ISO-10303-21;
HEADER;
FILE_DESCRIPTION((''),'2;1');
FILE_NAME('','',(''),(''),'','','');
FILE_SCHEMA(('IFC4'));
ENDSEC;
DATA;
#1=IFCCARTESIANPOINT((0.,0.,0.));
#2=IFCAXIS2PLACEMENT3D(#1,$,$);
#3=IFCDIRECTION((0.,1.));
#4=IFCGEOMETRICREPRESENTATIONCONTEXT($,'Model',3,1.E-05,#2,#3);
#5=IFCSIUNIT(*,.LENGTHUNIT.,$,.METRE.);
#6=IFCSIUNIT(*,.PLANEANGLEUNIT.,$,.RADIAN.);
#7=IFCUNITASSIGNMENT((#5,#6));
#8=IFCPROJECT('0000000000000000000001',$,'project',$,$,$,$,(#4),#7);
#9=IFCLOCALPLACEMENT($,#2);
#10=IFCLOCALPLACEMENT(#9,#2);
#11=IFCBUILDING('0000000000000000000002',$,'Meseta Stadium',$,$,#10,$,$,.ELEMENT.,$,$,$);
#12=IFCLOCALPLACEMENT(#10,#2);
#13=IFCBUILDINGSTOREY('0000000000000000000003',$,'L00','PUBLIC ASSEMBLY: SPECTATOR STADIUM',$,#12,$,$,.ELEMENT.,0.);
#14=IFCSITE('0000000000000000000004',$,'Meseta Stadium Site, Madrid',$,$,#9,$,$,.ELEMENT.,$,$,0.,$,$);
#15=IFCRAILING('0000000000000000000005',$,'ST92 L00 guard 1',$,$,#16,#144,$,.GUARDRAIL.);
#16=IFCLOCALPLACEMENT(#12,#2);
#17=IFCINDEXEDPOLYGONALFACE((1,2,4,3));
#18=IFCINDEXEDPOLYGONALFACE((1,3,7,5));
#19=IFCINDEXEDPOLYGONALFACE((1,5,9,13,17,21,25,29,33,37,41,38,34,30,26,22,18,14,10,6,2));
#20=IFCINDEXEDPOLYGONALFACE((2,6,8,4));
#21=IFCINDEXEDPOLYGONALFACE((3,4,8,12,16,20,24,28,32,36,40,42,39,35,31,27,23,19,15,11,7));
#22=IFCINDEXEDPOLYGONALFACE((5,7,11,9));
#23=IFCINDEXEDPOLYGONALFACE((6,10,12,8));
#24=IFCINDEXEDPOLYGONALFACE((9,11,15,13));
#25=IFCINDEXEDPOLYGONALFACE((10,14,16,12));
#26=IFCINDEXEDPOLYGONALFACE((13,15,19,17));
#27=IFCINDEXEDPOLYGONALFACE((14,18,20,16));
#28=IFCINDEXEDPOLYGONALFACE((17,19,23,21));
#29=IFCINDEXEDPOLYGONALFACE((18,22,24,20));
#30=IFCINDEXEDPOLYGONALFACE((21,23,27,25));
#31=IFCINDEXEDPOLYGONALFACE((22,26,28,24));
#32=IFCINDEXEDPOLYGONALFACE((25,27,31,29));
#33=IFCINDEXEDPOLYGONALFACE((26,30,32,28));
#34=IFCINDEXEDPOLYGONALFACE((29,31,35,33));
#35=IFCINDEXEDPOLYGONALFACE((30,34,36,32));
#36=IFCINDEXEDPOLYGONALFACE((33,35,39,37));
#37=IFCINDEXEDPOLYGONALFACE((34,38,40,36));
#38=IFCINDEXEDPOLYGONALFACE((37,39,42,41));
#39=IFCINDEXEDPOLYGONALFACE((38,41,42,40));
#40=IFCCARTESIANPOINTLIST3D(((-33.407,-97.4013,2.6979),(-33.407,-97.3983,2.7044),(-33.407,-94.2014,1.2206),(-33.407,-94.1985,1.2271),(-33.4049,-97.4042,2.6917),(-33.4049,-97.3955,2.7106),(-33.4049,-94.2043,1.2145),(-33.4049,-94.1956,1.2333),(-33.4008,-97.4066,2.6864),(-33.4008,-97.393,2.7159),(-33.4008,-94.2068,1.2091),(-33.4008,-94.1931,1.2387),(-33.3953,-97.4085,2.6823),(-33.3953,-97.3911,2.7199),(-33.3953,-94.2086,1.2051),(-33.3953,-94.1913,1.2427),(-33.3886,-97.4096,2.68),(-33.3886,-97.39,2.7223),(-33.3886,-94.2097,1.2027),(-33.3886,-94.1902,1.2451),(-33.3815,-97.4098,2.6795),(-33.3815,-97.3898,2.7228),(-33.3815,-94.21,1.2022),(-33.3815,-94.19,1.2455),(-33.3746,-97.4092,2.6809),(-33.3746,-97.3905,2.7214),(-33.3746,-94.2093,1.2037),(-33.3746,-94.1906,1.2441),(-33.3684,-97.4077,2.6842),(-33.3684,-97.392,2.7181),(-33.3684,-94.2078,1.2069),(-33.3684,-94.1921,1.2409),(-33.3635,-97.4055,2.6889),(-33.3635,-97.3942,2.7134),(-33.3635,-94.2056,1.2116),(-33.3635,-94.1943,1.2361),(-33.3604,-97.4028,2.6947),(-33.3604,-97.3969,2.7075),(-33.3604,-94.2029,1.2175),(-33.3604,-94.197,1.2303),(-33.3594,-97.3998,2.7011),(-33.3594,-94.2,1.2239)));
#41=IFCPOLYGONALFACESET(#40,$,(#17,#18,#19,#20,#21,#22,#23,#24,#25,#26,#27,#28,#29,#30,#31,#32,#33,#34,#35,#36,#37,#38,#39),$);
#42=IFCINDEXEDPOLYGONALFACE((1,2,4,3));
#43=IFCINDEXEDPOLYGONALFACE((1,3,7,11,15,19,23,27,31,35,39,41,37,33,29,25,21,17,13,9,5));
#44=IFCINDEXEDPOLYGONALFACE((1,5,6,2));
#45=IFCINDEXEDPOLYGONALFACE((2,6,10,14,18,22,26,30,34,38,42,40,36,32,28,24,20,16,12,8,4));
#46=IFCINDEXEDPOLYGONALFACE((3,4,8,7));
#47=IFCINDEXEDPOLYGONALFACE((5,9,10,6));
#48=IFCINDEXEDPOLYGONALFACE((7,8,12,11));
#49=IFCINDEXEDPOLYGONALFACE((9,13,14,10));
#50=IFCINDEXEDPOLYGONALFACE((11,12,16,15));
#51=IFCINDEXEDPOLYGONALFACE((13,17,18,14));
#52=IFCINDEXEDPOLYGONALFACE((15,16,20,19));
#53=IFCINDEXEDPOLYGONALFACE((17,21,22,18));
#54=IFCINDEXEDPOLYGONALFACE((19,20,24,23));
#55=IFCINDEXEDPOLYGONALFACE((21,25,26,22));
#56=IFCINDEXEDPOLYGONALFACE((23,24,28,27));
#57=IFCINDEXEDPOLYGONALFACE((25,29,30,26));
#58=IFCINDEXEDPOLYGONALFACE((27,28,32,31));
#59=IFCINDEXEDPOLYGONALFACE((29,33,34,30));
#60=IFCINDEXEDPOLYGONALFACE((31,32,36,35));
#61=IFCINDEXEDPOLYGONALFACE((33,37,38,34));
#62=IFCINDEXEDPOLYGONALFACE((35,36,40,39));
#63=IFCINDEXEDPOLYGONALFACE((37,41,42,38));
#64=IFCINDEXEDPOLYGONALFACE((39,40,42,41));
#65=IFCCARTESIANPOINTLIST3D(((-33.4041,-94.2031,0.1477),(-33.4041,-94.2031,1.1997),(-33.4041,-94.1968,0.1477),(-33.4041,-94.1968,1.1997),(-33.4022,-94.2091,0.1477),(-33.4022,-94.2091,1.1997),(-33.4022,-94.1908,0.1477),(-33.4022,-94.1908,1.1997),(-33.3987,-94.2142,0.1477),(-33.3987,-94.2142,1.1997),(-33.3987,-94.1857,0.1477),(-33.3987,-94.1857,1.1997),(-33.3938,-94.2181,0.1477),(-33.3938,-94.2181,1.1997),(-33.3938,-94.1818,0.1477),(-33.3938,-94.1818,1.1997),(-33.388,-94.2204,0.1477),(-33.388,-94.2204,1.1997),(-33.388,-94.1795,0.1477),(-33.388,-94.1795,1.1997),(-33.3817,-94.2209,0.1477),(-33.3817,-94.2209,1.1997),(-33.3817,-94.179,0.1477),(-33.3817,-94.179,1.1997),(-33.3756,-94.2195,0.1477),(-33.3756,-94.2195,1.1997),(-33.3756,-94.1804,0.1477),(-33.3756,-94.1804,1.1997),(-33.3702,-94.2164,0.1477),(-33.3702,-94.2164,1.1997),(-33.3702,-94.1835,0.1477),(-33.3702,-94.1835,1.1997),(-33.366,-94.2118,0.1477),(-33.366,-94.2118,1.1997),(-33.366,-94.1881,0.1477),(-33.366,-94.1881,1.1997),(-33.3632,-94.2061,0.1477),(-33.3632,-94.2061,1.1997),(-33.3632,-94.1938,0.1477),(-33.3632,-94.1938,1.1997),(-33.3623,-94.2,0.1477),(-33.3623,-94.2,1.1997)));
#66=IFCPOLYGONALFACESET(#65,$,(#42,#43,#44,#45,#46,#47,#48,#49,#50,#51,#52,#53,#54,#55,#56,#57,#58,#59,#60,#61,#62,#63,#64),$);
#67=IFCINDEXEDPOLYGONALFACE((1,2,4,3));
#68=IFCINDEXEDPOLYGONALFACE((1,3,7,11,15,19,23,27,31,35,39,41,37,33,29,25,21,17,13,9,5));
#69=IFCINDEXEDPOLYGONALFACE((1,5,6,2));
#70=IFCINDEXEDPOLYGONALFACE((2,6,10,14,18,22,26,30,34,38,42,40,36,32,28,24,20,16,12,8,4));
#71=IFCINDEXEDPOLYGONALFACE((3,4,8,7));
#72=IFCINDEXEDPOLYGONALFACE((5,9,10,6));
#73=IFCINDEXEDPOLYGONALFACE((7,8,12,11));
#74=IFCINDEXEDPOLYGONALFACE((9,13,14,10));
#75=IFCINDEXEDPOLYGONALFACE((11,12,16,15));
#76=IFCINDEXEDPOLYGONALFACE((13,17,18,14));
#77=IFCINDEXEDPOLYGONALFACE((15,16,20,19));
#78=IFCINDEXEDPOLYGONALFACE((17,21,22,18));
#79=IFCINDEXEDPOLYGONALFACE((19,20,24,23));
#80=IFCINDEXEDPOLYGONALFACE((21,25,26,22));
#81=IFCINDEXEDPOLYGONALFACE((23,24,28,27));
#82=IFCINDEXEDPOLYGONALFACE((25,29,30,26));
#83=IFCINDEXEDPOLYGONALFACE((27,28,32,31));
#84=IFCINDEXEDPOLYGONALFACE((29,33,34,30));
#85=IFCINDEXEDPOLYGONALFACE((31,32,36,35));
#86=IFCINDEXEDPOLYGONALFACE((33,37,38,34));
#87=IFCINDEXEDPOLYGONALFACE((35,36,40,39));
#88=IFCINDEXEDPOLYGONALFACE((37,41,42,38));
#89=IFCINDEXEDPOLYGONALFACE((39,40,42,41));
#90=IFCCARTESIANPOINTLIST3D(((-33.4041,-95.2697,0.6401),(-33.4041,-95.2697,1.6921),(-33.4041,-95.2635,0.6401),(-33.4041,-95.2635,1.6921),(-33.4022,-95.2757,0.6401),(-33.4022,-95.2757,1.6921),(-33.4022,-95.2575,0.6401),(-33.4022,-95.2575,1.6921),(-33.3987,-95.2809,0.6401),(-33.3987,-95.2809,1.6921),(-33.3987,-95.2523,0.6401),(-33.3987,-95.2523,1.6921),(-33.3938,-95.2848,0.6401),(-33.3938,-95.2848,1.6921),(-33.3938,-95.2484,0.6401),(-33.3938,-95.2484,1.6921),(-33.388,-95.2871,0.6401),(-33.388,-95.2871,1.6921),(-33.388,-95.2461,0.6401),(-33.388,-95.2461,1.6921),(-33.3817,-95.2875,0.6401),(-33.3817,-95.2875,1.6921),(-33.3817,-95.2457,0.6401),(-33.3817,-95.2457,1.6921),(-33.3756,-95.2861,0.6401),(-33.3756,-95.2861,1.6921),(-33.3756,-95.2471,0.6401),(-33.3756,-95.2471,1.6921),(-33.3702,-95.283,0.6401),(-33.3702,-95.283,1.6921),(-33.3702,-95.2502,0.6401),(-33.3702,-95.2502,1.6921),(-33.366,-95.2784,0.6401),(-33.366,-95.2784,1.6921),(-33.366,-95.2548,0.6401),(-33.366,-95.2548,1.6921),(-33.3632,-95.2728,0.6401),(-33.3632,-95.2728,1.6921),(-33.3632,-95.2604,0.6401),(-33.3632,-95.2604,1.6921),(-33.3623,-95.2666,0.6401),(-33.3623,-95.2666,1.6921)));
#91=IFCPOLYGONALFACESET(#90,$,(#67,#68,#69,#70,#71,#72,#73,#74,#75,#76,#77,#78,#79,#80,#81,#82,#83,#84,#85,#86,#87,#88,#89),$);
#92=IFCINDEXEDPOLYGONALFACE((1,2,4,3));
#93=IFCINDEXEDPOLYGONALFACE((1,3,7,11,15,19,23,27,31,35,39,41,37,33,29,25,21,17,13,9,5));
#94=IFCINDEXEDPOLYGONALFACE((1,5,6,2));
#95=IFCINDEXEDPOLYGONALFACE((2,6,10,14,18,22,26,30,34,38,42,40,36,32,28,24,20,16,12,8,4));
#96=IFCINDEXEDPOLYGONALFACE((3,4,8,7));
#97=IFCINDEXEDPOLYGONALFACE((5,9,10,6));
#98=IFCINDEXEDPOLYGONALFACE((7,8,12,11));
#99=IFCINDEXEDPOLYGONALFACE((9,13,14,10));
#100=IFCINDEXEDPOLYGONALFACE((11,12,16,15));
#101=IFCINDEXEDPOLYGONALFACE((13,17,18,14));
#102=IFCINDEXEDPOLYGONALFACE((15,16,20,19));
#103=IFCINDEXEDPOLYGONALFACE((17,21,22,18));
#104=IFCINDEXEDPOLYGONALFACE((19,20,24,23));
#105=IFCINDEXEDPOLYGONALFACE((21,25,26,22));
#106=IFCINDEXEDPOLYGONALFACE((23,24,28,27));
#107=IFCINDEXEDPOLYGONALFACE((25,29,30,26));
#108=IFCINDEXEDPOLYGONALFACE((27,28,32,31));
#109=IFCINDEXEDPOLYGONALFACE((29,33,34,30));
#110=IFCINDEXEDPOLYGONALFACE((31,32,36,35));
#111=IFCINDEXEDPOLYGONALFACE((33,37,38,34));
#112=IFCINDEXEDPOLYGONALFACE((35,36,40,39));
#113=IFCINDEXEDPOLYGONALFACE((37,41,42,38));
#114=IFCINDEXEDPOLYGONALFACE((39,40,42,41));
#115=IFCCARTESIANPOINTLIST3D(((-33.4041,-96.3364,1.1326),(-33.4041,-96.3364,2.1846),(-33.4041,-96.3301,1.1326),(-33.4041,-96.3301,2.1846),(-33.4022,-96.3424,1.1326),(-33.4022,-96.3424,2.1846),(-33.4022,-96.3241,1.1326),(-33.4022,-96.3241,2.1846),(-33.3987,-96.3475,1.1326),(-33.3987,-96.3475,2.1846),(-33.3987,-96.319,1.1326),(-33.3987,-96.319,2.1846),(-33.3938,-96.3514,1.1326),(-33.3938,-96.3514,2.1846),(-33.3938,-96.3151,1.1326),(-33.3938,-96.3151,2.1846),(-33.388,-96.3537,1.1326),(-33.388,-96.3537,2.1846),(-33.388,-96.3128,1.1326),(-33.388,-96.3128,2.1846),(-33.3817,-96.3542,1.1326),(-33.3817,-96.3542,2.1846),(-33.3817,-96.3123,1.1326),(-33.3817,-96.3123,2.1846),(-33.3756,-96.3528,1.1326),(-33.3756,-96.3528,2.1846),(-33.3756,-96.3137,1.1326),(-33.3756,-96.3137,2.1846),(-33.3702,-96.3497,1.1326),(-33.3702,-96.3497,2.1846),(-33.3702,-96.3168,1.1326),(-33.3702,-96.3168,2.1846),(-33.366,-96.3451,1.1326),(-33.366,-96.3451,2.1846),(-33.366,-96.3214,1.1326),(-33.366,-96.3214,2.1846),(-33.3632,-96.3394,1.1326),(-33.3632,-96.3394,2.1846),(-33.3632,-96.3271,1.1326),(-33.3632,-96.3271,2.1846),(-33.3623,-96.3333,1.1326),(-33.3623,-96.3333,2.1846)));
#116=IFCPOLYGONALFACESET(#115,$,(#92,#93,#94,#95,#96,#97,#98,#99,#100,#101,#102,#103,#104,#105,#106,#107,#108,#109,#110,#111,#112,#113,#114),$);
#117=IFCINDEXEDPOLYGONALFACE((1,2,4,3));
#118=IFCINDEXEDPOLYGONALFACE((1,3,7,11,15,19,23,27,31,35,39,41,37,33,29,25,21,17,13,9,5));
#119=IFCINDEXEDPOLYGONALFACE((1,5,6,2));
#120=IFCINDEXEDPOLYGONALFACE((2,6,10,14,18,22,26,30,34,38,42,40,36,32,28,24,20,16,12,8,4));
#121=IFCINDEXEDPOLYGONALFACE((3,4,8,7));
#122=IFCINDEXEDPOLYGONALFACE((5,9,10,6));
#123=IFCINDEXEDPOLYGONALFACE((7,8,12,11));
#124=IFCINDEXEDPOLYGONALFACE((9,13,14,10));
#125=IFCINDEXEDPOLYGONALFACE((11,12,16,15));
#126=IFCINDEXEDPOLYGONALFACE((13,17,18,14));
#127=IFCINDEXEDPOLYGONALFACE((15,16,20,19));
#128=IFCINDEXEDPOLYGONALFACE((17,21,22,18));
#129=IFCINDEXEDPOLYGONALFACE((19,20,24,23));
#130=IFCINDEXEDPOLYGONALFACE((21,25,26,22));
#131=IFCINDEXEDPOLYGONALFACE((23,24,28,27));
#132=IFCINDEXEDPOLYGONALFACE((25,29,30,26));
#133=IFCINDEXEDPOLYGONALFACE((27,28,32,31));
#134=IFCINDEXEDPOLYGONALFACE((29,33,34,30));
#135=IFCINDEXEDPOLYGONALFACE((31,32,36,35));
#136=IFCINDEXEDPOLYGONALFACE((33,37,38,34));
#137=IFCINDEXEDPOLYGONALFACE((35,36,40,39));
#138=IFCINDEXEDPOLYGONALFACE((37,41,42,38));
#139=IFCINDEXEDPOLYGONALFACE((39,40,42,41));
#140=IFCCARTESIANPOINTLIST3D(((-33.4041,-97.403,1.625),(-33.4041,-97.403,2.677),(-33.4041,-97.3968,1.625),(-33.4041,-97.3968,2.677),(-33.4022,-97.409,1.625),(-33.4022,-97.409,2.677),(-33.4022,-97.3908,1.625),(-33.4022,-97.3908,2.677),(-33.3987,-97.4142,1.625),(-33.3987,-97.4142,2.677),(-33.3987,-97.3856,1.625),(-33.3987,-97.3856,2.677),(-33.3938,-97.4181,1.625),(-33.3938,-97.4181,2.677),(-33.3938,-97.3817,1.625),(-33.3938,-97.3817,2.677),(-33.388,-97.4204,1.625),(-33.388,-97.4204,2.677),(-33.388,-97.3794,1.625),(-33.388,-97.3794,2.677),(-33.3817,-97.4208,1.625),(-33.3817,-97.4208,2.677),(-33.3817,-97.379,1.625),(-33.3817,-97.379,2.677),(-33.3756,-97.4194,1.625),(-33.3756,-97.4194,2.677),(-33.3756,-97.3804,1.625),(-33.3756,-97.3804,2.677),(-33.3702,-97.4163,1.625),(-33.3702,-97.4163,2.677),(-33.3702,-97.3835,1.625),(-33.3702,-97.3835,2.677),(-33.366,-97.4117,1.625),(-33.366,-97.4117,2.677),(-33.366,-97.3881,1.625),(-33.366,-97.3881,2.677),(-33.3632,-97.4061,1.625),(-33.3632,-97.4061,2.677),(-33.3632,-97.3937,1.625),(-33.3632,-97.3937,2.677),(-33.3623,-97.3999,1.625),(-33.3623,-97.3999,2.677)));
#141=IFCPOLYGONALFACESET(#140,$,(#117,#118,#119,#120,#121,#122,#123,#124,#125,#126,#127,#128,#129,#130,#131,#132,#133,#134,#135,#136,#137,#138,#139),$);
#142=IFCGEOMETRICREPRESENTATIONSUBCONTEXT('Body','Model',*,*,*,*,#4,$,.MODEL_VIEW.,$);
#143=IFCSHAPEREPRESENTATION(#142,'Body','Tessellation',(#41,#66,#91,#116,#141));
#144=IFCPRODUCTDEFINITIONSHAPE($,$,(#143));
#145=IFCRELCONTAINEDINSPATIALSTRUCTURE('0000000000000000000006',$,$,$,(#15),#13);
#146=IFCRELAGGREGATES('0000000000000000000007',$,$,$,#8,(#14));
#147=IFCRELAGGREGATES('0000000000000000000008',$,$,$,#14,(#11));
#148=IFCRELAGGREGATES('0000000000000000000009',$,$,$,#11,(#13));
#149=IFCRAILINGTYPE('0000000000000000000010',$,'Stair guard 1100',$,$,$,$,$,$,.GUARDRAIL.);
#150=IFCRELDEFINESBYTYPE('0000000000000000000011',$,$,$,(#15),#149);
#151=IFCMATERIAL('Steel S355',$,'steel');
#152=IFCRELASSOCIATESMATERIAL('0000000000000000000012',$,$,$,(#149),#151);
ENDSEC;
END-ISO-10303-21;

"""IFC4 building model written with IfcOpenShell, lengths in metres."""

from ifc_helpers import new_model, si_unit, direction, frame, origin, origin_2d, place, context, subcontext, project, spatial, circle, extrude, material, type_object, element, save


model = new_model("IFC4")

# Units and contexts
model_context = context("Model", 3, precision=1e-05, world=origin(), true_north=direction((0.0, 1.0)))
body_context = subcontext(model_context, "Body", "Model", "MODEL_VIEW")
ifc_project = project(units=[si_unit("LENGTHUNIT", "METRE"), si_unit("PLANEANGLEUNIT", "RADIAN")], contexts=[model_context])

# Site, building, storey
site_placement = place(None, origin())
site = spatial("IfcSite", under=ifc_project, at=site_placement, Name="Meseta Stadium Site, Madrid", CompositionType="ELEMENT", RefElevation=0.0)
building_placement = place(site_placement, origin())
building = spatial("IfcBuilding", under=site, at=building_placement, Name="Meseta Stadium", CompositionType="ELEMENT")
storey_placement = place(building_placement, origin())
storey = spatial("IfcBuildingStorey", under=building, at=storey_placement, Name="L00", Description="PUBLIC ASSEMBLY: SPECTATOR STADIUM", CompositionType="ELEMENT", Elevation=0.0)

# Railing
ifc_material_1 = material(Name="Steel S355", Category="steel")
railing_type_1 = type_object("IfcRailingType", Name="Stair guard 1100", PredefinedType="GUARDRAIL", material=ifc_material_1)
railing_1_placement = place(storey_placement, frame((-33.3833, -94.2, 0.1477)))
element("IfcRailing", 1, at=railing_1_placement, inside=storey, type_object=railing_type_1, Name="ST92 L00 guard 1", PredefinedType="GUARDRAIL", context=body_context, shape_type="SweptSolid", body=[
    extrude(circle(Radius=0.0239, at=origin_2d()), frame((0.0, 0.0, 1.0762), z_axis=(0.0, -0.907917, 0.41915), x_axis=(1.0, 0.0, 0.0)), (0.0, 0.0, 1.0), 3.5244),
    extrude(circle(Radius=0.021, at=origin_2d()), origin(), (0.0, 0.0, 1.0), 1.052),
    extrude(circle(Radius=0.021, at=origin_2d()), frame((0.0, -1.0667, 0.4924)), (0.0, 0.0, 1.0), 1.052),
    extrude(circle(Radius=0.021, at=origin_2d()), frame((0.0, -2.1333, 0.9849)), (0.0, 0.0, 1.0), 1.052),
    extrude(circle(Radius=0.021, at=origin_2d()), frame((0.0, -3.2, 1.4773)), (0.0, 0.0, 1.0), 1.052),
])

save(model, "model.ifc")
